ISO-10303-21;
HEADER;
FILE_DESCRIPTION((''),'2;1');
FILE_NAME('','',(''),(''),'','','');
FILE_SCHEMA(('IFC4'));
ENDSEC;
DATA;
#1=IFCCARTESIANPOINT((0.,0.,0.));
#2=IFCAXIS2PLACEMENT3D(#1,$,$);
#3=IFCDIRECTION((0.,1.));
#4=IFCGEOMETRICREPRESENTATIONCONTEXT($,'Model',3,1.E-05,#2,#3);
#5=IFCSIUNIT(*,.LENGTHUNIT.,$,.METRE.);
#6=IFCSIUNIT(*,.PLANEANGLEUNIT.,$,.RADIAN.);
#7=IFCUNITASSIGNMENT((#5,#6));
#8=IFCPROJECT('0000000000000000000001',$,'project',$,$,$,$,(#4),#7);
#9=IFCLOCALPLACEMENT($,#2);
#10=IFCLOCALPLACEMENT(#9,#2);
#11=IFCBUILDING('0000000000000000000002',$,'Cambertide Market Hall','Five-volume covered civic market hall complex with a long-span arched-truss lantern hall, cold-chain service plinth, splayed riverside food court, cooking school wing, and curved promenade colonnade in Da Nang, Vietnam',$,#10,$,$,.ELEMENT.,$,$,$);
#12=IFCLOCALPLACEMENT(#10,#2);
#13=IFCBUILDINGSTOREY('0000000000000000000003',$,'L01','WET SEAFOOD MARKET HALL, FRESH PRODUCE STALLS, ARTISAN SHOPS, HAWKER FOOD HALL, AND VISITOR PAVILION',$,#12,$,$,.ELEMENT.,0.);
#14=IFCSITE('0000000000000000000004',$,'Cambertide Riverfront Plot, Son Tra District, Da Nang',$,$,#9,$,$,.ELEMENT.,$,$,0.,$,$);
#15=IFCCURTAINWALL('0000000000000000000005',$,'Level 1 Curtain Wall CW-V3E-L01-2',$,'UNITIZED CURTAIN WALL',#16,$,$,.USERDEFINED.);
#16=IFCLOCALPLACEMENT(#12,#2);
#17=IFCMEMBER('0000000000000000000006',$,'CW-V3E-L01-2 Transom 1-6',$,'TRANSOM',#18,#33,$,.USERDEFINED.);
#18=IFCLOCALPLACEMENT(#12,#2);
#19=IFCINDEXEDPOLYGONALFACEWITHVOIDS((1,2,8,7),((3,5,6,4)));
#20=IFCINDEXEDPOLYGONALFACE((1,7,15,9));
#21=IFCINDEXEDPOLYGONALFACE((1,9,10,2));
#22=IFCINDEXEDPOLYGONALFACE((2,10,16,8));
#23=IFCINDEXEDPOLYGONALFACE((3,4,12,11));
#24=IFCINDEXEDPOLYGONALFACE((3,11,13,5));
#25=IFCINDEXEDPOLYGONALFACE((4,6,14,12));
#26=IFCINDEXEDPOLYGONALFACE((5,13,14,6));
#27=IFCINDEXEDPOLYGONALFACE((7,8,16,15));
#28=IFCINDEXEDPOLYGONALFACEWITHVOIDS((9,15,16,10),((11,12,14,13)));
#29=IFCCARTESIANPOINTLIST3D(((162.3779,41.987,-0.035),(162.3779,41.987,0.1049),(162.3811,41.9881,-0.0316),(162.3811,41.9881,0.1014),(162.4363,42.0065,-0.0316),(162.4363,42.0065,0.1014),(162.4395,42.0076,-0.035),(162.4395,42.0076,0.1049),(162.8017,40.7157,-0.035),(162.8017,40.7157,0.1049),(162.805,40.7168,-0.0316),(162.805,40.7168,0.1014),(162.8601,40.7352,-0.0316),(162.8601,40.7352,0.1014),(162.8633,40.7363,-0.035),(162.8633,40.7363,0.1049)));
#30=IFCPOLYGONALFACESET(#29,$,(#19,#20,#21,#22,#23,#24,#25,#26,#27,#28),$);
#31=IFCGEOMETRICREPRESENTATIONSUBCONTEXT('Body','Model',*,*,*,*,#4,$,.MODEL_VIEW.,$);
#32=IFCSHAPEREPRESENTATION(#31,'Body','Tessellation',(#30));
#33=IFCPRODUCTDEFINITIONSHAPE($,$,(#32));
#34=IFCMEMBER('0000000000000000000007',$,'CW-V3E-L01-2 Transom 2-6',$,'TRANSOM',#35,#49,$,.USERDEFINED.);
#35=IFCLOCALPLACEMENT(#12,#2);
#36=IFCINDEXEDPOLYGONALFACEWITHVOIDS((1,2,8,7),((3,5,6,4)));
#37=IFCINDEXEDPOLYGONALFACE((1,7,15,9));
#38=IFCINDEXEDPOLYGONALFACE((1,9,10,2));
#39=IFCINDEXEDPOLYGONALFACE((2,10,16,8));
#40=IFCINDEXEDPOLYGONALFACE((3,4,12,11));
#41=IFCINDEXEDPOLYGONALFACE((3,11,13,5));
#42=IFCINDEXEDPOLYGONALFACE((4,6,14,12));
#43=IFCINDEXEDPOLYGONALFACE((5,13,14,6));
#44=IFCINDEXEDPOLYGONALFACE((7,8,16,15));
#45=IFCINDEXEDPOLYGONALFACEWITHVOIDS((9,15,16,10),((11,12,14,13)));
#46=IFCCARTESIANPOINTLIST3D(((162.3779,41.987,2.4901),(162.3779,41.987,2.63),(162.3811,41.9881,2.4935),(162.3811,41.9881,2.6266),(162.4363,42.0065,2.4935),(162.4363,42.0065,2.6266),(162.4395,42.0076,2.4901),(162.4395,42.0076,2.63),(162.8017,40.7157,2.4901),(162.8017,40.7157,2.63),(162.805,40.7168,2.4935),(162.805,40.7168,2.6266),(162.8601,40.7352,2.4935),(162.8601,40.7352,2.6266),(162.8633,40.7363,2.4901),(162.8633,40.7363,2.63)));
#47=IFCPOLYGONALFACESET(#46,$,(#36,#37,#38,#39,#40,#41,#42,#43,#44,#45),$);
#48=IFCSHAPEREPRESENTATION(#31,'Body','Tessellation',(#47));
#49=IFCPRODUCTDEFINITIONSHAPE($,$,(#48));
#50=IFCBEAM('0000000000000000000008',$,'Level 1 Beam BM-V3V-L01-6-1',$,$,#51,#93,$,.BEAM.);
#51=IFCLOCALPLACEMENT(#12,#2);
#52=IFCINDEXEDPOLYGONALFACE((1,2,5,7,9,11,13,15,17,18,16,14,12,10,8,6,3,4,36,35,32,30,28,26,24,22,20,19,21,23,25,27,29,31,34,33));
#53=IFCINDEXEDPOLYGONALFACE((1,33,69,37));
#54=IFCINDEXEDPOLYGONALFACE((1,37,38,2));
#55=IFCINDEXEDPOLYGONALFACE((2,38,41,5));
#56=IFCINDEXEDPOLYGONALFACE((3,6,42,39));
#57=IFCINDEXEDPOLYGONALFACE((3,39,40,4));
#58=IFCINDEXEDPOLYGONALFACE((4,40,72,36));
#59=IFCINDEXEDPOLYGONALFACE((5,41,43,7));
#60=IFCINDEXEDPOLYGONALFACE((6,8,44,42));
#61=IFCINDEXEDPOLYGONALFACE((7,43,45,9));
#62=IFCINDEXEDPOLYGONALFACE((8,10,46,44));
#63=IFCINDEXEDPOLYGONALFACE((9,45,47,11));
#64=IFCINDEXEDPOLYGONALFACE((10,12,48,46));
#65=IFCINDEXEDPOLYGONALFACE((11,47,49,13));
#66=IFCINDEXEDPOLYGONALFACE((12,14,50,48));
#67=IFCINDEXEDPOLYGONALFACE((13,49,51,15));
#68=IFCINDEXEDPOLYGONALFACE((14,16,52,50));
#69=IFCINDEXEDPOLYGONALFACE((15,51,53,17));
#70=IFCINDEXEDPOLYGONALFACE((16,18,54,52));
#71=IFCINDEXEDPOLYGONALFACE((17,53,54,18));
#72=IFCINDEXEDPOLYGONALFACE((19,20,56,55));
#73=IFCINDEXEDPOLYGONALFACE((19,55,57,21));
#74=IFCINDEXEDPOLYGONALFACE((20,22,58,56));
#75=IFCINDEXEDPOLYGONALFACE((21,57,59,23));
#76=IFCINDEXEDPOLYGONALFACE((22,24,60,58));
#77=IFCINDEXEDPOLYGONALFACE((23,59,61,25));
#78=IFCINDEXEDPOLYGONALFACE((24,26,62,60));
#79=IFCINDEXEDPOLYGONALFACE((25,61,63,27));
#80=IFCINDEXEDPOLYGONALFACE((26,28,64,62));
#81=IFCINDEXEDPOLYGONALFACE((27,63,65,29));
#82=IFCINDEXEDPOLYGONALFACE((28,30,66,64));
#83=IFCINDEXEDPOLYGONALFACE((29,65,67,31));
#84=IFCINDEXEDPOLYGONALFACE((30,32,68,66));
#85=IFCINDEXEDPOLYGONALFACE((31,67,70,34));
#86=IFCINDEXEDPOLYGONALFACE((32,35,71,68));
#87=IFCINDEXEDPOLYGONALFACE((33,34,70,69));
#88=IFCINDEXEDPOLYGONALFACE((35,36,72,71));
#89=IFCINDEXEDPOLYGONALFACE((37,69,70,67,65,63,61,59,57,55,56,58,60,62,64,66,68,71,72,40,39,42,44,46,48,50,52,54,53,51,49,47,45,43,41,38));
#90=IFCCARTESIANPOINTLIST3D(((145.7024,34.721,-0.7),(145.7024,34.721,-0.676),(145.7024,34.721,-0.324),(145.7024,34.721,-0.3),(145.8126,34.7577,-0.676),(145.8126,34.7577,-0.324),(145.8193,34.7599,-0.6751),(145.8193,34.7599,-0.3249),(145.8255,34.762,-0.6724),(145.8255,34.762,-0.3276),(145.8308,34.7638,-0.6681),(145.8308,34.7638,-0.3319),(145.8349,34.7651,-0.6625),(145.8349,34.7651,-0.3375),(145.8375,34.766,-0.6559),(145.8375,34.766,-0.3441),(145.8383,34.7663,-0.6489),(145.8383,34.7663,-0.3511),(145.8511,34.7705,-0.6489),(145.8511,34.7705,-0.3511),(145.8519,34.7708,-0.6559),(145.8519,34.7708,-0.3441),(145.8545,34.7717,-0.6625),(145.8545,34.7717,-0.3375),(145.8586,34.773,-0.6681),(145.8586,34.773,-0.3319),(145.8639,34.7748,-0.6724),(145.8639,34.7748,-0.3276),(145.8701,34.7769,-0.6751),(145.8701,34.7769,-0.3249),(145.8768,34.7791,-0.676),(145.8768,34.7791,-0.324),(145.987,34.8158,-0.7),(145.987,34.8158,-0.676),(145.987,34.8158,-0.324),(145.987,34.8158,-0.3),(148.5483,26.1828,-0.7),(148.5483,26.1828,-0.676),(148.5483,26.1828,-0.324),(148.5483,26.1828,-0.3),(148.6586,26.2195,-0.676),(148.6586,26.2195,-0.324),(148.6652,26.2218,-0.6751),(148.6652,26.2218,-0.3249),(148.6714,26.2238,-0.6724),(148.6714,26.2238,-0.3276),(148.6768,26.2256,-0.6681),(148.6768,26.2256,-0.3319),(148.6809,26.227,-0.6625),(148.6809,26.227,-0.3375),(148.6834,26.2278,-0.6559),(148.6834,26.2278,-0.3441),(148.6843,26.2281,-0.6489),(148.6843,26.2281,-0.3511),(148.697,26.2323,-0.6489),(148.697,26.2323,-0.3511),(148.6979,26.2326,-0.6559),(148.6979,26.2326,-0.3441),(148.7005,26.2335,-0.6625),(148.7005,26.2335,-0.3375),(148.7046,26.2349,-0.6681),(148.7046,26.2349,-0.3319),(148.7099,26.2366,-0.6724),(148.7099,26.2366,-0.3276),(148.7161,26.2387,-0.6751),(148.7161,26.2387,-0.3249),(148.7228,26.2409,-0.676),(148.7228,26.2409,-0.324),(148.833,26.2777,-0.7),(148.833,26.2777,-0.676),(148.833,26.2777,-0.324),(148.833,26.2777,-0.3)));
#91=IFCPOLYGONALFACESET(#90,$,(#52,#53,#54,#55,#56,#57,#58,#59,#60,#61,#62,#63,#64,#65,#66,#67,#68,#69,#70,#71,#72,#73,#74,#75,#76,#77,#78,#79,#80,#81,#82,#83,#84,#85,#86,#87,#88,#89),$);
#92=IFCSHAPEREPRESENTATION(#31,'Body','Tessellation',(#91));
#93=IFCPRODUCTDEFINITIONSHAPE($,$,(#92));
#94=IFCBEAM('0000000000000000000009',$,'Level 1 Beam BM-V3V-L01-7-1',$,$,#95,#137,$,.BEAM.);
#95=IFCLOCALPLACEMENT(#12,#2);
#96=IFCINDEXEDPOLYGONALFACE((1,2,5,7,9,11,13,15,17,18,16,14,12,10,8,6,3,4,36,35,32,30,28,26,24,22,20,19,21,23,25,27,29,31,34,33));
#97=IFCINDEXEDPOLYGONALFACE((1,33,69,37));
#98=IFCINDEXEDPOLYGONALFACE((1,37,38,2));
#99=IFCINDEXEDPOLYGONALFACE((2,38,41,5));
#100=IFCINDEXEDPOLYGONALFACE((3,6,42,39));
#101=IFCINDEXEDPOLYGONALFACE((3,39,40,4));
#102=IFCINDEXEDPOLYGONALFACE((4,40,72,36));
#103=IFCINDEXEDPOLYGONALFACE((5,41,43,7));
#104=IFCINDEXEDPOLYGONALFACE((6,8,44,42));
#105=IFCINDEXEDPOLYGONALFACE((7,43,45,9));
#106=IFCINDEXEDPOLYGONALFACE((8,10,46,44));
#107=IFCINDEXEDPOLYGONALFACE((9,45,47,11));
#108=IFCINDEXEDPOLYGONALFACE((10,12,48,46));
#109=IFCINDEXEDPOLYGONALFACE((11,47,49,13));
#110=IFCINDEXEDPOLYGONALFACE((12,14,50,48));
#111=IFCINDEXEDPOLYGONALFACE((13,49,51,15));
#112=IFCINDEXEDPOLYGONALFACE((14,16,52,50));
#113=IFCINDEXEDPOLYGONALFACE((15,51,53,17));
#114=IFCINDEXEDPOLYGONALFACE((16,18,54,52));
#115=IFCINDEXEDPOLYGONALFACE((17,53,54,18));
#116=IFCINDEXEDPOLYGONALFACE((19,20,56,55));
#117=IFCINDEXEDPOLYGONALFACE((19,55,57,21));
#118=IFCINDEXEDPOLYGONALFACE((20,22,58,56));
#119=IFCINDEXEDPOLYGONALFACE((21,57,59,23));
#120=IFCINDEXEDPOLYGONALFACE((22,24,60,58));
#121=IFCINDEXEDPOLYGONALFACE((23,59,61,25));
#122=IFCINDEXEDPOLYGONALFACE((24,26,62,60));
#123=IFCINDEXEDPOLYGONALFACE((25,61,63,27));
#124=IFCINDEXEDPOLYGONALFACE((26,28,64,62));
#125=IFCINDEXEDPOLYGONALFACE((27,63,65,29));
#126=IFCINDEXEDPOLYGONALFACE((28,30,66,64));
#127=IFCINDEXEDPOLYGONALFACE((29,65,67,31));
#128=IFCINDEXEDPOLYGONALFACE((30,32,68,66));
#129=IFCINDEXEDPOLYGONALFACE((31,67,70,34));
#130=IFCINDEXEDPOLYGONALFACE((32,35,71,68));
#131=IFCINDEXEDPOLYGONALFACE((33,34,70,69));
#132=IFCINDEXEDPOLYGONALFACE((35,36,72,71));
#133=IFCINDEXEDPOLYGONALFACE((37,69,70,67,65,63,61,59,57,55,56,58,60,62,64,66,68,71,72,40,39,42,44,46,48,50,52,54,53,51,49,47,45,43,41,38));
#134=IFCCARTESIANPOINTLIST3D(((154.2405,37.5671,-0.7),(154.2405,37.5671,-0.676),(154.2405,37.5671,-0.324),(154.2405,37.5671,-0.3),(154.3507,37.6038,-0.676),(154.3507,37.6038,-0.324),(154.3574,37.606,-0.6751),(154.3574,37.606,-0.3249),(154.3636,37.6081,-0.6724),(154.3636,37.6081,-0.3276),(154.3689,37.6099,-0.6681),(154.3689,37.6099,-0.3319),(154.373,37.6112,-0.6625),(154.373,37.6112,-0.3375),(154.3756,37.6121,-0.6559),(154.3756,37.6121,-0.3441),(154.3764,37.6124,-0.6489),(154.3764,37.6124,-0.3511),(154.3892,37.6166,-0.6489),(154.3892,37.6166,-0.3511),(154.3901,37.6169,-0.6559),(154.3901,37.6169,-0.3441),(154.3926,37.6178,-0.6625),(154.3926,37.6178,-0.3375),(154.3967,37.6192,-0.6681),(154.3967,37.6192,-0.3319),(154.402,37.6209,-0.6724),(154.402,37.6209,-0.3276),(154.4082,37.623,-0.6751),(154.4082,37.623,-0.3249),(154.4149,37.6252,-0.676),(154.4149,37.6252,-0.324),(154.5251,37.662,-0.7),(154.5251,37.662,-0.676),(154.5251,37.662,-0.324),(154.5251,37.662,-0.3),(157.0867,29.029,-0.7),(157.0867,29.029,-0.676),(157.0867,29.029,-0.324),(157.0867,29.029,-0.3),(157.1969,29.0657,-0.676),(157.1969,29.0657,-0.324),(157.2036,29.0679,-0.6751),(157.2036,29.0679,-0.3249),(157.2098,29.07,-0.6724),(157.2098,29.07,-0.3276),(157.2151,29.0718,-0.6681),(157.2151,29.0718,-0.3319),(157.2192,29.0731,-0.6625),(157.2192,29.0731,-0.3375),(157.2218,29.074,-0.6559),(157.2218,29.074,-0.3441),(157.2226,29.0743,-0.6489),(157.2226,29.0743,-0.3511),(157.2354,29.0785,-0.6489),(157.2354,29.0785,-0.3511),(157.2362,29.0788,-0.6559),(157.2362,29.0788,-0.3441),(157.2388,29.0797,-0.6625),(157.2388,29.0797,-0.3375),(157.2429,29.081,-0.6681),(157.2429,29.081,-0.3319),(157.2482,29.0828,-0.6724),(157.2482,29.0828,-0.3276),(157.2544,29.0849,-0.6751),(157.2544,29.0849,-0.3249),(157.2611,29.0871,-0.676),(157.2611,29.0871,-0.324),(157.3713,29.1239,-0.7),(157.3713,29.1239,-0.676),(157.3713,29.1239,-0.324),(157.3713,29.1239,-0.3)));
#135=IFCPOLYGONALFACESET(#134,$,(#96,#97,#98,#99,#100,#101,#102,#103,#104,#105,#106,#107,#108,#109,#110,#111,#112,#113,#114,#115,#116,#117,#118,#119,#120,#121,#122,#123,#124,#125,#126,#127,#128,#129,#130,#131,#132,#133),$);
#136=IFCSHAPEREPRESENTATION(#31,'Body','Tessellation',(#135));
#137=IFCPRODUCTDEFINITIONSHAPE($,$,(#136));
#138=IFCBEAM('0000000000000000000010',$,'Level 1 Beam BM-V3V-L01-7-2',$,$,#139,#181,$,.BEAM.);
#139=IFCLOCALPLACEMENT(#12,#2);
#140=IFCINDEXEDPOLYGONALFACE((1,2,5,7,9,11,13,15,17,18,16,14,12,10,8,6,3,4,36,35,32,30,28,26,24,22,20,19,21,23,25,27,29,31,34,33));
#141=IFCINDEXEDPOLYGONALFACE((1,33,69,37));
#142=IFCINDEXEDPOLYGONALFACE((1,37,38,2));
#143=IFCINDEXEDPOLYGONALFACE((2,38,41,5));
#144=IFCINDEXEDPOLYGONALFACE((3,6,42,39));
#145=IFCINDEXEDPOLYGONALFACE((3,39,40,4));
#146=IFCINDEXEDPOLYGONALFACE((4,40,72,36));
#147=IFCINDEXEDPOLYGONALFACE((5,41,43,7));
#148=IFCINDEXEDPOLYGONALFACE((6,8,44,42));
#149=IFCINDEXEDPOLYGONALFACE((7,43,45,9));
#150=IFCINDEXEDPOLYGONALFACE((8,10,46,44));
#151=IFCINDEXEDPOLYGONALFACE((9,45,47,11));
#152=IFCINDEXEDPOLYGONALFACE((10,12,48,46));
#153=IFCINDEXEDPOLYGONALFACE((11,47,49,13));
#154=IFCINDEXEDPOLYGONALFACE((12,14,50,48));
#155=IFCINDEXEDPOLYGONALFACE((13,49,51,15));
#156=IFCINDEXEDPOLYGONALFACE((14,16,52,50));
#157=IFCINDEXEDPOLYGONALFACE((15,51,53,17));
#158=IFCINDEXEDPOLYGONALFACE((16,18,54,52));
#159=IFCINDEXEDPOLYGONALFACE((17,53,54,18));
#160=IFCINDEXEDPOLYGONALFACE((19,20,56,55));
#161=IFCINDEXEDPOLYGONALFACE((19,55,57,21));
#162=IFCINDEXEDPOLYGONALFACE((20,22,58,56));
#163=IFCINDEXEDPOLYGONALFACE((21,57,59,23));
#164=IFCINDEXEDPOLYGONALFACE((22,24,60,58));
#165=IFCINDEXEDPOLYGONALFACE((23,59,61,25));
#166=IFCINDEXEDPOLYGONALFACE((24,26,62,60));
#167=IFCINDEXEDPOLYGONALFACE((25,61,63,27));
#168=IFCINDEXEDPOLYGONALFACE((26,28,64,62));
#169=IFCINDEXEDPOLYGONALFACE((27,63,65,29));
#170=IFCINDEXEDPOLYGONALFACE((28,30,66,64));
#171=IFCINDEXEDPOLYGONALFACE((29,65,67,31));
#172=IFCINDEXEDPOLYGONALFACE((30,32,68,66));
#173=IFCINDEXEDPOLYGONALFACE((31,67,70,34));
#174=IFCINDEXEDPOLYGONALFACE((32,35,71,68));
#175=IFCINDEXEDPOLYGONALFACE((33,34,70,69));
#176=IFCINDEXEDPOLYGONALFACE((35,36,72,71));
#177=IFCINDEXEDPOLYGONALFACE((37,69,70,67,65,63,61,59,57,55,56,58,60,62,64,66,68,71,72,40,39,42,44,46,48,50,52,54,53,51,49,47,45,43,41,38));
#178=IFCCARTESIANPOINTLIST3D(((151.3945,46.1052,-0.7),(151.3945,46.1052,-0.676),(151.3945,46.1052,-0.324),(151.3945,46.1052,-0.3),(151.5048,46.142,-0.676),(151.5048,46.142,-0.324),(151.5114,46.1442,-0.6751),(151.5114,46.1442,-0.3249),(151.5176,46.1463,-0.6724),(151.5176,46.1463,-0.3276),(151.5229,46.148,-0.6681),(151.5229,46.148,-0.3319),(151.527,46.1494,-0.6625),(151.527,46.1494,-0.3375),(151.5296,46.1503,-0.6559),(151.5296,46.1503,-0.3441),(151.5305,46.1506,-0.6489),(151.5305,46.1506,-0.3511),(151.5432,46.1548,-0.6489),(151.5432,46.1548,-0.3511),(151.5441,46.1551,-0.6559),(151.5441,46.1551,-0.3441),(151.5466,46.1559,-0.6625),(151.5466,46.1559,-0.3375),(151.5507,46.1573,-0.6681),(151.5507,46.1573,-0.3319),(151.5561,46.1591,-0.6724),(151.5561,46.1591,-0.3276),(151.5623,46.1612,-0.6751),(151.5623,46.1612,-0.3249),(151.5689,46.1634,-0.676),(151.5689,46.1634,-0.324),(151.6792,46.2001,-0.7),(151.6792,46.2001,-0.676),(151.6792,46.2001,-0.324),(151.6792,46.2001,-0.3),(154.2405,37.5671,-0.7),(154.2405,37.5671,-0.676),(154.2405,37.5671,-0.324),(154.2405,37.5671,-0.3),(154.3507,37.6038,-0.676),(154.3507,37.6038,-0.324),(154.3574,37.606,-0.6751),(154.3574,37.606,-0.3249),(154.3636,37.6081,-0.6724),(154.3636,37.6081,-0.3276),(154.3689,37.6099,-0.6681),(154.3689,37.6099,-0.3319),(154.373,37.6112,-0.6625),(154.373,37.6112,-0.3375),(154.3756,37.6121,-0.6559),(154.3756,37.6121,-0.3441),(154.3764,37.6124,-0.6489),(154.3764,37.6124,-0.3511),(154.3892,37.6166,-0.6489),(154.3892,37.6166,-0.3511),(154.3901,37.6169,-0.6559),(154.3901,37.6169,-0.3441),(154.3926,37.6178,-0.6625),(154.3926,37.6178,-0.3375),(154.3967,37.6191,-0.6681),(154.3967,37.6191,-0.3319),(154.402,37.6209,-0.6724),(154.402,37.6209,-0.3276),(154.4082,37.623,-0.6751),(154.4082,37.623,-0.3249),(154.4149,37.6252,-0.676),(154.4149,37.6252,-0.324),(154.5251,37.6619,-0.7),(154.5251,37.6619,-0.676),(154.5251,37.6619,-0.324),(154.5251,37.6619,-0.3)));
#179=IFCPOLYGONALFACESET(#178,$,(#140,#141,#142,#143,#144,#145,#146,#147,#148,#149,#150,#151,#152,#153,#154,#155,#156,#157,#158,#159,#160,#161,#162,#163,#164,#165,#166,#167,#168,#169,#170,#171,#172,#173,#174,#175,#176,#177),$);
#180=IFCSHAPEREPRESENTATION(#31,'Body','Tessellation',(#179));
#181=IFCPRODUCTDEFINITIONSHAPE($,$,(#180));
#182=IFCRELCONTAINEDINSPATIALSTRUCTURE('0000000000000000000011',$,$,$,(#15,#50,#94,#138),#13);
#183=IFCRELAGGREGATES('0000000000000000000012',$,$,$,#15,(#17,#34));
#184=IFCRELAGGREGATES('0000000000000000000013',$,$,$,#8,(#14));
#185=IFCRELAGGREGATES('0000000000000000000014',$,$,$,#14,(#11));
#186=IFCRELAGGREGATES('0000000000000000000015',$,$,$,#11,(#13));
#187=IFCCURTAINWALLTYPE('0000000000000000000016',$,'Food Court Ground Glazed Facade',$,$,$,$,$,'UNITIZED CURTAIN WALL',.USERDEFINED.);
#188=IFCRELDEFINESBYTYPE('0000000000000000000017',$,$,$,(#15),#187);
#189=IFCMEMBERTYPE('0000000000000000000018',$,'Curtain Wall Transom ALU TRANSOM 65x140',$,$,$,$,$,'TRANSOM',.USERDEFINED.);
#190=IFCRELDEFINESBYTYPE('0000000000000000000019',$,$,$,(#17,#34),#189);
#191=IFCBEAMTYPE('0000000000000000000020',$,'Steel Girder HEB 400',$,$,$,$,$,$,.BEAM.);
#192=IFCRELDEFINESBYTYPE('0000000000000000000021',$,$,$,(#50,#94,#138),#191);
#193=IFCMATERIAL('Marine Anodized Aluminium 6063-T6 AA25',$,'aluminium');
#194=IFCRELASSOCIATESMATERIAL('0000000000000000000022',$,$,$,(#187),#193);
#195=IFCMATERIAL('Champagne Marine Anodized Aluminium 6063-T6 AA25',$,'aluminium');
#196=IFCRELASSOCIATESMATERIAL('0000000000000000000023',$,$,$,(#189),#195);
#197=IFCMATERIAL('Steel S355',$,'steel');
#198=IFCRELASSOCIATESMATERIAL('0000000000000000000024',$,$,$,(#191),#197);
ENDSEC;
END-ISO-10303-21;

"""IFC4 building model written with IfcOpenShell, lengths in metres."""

from ifc_helpers import new_model, si_unit, direction, frame, origin, origin_2d, place, context, subcontext, project, spatial, hollow_rectangle, i_section, extrude, material, material_profile, profile_set, type_object, element, aggregate, save


model = new_model("IFC4")

# Units and contexts
model_context = context("Model", 3, precision=1e-05, world=origin(), true_north=direction((0.0, 1.0)))
body_context = subcontext(model_context, "Body", "Model", "MODEL_VIEW")
ifc_project = project(units=[si_unit("LENGTHUNIT", "METRE"), si_unit("PLANEANGLEUNIT", "RADIAN")], contexts=[model_context])

# Site, building, storey
site_placement = place(None, origin())
site = spatial("IfcSite", under=ifc_project, at=site_placement, Name="Cambertide Riverfront Plot, Son Tra District, Da Nang", CompositionType="ELEMENT", RefElevation=0.0)
building_placement = place(site_placement, origin())
building = spatial("IfcBuilding", under=site, at=building_placement, Name="Cambertide Market Hall", Description="Five-volume covered civic market hall complex with a long-span arched-truss lantern hall, cold-chain service plinth, splayed riverside food court, cooking school wing, and curved promenade colonnade in Da Nang, Vietnam", CompositionType="ELEMENT")
storey_placement = place(building_placement, origin())
storey = spatial("IfcBuildingStorey", under=building, at=storey_placement, Name="L01", Description="WET SEAFOOD MARKET HALL, FRESH PRODUCE STALLS, ARTISAN SHOPS, HAWKER FOOD HALL, AND VISITOR PAVILION", CompositionType="ELEMENT", Elevation=0.0)

# Curtain wall, members
ifc_material_1 = material(Name="Marine Anodized Aluminium 6063-T6 AA25", Category="aluminium")
curtain_wall_type = type_object("IfcCurtainWallType", Name="Food Court Ground Glazed Facade", ElementType="UNITIZED CURTAIN WALL", PredefinedType="USERDEFINED", material=ifc_material_1)
curtain_wall_placement = place(storey_placement, origin())
curtain_wall = element("IfcCurtainWall", 1, at=curtain_wall_placement, inside=storey, type_object=curtain_wall_type, Name="Level 1 Curtain Wall CW-V3E-L01-2", ObjectType="UNITIZED CURTAIN WALL", PredefinedType="USERDEFINED")
ifc_material_2 = material(Name="Champagne Marine Anodized Aluminium 6063-T6 AA25", Category="aluminium")
ifc_material_profile_1 = material_profile(ifc_material_2, hollow_rectangle(XDim=0.0649, YDim=0.1399, WallThickness=0.0034, at=origin_2d()), Name="ALU TRANSOM 65x140")
ifc_profile_set_1 = profile_set([ifc_material_profile_1], Name="Champagne Marine Anodized Aluminium 6063-T6 AA25")
member_type_1 = type_object("IfcMemberType", Name="Curtain Wall Transom ALU TRANSOM 65x140", ElementType="TRANSOM", PredefinedType="USERDEFINED", material=ifc_profile_set_1)
member_1_placement = place(storey_placement, frame((162.4087, 41.9973, 0.0349), z_axis=(0.316282, -0.948665, 0.0), x_axis=(0.948665, 0.316282, 0.0)))
member_1 = element("IfcMember", 2, at=member_1_placement, type_object=member_type_1, Name="CW-V3E-L01-2 Transom 1-6", ObjectType="TRANSOM", PredefinedType="USERDEFINED", context=body_context, shape_type="SweptSolid", body=[
    extrude(hollow_rectangle(XDim=0.0649, YDim=0.1399, WallThickness=0.0034, at=origin_2d()), origin(), (0.0, 0.0, 1.0), 1.3401),
])
member_2_placement = place(storey_placement, frame((162.4087, 41.9973, 2.5601), z_axis=(0.316282, -0.948665, 0.0), x_axis=(0.948665, 0.316282, 0.0)))
member_2 = element("IfcMember", 3, at=member_2_placement, type_object=member_type_1, Name="CW-V3E-L01-2 Transom 2-6", ObjectType="TRANSOM", PredefinedType="USERDEFINED", context=body_context, shape_type="SweptSolid", body=[
    extrude(hollow_rectangle(XDim=0.0649, YDim=0.1399, WallThickness=0.0034, at=origin_2d()), origin(), (0.0, 0.0, 1.0), 1.3401),
])

# Beams
ifc_material_3 = material(Name="Steel S355", Category="steel")
ifc_material_profile_2 = material_profile(ifc_material_3, i_section(OverallWidth=0.3, OverallDepth=0.3999, WebThickness=0.0134, FlangeThickness=0.0239, FilletRadius=0.0271, at=origin_2d()), Name="HEB 400")
ifc_profile_set_2 = profile_set([ifc_material_profile_2], Name="Steel S355")
beam_type_1 = type_object("IfcBeamType", Name="Steel Girder HEB 400", PredefinedType="BEAM", material=ifc_profile_set_2)
for number, where, z_axis, x_axis, name in (
    (4, (148.6907, 26.2302, -0.5), (-0.31622, 0.948686, 0.0), (-0.948686, -0.31622, 0.0), "Level 1 Beam BM-V3V-L01-6-1"),
    (5, (157.229, 29.0764, -0.5), (-0.316244, 0.948678, 0.0), (-0.948678, -0.316244, 0.0), "Level 1 Beam BM-V3V-L01-7-1"),
    (6, (154.3828, 37.6145, -0.5), (-0.31622, 0.948686, 0.0), (-0.948686, -0.31622, 0.0), "Level 1 Beam BM-V3V-L01-7-2"),
):
    element("IfcBeam", number, at=place(storey_placement, frame(where, z_axis=z_axis, x_axis=x_axis)), inside=storey, type_object=beam_type_1, Name=name, PredefinedType="BEAM", context=body_context, shape_type="SweptSolid", body=[
        extrude(i_section(OverallWidth=0.3, OverallDepth=0.3999, WebThickness=0.0134, FlangeThickness=0.0239, FilletRadius=0.0271, at=origin_2d()), origin(), (0.0, 0.0, 1.0), 9.0),
    ])

aggregate(curtain_wall, [member_1, member_2])

save(model, "model.ifc")
